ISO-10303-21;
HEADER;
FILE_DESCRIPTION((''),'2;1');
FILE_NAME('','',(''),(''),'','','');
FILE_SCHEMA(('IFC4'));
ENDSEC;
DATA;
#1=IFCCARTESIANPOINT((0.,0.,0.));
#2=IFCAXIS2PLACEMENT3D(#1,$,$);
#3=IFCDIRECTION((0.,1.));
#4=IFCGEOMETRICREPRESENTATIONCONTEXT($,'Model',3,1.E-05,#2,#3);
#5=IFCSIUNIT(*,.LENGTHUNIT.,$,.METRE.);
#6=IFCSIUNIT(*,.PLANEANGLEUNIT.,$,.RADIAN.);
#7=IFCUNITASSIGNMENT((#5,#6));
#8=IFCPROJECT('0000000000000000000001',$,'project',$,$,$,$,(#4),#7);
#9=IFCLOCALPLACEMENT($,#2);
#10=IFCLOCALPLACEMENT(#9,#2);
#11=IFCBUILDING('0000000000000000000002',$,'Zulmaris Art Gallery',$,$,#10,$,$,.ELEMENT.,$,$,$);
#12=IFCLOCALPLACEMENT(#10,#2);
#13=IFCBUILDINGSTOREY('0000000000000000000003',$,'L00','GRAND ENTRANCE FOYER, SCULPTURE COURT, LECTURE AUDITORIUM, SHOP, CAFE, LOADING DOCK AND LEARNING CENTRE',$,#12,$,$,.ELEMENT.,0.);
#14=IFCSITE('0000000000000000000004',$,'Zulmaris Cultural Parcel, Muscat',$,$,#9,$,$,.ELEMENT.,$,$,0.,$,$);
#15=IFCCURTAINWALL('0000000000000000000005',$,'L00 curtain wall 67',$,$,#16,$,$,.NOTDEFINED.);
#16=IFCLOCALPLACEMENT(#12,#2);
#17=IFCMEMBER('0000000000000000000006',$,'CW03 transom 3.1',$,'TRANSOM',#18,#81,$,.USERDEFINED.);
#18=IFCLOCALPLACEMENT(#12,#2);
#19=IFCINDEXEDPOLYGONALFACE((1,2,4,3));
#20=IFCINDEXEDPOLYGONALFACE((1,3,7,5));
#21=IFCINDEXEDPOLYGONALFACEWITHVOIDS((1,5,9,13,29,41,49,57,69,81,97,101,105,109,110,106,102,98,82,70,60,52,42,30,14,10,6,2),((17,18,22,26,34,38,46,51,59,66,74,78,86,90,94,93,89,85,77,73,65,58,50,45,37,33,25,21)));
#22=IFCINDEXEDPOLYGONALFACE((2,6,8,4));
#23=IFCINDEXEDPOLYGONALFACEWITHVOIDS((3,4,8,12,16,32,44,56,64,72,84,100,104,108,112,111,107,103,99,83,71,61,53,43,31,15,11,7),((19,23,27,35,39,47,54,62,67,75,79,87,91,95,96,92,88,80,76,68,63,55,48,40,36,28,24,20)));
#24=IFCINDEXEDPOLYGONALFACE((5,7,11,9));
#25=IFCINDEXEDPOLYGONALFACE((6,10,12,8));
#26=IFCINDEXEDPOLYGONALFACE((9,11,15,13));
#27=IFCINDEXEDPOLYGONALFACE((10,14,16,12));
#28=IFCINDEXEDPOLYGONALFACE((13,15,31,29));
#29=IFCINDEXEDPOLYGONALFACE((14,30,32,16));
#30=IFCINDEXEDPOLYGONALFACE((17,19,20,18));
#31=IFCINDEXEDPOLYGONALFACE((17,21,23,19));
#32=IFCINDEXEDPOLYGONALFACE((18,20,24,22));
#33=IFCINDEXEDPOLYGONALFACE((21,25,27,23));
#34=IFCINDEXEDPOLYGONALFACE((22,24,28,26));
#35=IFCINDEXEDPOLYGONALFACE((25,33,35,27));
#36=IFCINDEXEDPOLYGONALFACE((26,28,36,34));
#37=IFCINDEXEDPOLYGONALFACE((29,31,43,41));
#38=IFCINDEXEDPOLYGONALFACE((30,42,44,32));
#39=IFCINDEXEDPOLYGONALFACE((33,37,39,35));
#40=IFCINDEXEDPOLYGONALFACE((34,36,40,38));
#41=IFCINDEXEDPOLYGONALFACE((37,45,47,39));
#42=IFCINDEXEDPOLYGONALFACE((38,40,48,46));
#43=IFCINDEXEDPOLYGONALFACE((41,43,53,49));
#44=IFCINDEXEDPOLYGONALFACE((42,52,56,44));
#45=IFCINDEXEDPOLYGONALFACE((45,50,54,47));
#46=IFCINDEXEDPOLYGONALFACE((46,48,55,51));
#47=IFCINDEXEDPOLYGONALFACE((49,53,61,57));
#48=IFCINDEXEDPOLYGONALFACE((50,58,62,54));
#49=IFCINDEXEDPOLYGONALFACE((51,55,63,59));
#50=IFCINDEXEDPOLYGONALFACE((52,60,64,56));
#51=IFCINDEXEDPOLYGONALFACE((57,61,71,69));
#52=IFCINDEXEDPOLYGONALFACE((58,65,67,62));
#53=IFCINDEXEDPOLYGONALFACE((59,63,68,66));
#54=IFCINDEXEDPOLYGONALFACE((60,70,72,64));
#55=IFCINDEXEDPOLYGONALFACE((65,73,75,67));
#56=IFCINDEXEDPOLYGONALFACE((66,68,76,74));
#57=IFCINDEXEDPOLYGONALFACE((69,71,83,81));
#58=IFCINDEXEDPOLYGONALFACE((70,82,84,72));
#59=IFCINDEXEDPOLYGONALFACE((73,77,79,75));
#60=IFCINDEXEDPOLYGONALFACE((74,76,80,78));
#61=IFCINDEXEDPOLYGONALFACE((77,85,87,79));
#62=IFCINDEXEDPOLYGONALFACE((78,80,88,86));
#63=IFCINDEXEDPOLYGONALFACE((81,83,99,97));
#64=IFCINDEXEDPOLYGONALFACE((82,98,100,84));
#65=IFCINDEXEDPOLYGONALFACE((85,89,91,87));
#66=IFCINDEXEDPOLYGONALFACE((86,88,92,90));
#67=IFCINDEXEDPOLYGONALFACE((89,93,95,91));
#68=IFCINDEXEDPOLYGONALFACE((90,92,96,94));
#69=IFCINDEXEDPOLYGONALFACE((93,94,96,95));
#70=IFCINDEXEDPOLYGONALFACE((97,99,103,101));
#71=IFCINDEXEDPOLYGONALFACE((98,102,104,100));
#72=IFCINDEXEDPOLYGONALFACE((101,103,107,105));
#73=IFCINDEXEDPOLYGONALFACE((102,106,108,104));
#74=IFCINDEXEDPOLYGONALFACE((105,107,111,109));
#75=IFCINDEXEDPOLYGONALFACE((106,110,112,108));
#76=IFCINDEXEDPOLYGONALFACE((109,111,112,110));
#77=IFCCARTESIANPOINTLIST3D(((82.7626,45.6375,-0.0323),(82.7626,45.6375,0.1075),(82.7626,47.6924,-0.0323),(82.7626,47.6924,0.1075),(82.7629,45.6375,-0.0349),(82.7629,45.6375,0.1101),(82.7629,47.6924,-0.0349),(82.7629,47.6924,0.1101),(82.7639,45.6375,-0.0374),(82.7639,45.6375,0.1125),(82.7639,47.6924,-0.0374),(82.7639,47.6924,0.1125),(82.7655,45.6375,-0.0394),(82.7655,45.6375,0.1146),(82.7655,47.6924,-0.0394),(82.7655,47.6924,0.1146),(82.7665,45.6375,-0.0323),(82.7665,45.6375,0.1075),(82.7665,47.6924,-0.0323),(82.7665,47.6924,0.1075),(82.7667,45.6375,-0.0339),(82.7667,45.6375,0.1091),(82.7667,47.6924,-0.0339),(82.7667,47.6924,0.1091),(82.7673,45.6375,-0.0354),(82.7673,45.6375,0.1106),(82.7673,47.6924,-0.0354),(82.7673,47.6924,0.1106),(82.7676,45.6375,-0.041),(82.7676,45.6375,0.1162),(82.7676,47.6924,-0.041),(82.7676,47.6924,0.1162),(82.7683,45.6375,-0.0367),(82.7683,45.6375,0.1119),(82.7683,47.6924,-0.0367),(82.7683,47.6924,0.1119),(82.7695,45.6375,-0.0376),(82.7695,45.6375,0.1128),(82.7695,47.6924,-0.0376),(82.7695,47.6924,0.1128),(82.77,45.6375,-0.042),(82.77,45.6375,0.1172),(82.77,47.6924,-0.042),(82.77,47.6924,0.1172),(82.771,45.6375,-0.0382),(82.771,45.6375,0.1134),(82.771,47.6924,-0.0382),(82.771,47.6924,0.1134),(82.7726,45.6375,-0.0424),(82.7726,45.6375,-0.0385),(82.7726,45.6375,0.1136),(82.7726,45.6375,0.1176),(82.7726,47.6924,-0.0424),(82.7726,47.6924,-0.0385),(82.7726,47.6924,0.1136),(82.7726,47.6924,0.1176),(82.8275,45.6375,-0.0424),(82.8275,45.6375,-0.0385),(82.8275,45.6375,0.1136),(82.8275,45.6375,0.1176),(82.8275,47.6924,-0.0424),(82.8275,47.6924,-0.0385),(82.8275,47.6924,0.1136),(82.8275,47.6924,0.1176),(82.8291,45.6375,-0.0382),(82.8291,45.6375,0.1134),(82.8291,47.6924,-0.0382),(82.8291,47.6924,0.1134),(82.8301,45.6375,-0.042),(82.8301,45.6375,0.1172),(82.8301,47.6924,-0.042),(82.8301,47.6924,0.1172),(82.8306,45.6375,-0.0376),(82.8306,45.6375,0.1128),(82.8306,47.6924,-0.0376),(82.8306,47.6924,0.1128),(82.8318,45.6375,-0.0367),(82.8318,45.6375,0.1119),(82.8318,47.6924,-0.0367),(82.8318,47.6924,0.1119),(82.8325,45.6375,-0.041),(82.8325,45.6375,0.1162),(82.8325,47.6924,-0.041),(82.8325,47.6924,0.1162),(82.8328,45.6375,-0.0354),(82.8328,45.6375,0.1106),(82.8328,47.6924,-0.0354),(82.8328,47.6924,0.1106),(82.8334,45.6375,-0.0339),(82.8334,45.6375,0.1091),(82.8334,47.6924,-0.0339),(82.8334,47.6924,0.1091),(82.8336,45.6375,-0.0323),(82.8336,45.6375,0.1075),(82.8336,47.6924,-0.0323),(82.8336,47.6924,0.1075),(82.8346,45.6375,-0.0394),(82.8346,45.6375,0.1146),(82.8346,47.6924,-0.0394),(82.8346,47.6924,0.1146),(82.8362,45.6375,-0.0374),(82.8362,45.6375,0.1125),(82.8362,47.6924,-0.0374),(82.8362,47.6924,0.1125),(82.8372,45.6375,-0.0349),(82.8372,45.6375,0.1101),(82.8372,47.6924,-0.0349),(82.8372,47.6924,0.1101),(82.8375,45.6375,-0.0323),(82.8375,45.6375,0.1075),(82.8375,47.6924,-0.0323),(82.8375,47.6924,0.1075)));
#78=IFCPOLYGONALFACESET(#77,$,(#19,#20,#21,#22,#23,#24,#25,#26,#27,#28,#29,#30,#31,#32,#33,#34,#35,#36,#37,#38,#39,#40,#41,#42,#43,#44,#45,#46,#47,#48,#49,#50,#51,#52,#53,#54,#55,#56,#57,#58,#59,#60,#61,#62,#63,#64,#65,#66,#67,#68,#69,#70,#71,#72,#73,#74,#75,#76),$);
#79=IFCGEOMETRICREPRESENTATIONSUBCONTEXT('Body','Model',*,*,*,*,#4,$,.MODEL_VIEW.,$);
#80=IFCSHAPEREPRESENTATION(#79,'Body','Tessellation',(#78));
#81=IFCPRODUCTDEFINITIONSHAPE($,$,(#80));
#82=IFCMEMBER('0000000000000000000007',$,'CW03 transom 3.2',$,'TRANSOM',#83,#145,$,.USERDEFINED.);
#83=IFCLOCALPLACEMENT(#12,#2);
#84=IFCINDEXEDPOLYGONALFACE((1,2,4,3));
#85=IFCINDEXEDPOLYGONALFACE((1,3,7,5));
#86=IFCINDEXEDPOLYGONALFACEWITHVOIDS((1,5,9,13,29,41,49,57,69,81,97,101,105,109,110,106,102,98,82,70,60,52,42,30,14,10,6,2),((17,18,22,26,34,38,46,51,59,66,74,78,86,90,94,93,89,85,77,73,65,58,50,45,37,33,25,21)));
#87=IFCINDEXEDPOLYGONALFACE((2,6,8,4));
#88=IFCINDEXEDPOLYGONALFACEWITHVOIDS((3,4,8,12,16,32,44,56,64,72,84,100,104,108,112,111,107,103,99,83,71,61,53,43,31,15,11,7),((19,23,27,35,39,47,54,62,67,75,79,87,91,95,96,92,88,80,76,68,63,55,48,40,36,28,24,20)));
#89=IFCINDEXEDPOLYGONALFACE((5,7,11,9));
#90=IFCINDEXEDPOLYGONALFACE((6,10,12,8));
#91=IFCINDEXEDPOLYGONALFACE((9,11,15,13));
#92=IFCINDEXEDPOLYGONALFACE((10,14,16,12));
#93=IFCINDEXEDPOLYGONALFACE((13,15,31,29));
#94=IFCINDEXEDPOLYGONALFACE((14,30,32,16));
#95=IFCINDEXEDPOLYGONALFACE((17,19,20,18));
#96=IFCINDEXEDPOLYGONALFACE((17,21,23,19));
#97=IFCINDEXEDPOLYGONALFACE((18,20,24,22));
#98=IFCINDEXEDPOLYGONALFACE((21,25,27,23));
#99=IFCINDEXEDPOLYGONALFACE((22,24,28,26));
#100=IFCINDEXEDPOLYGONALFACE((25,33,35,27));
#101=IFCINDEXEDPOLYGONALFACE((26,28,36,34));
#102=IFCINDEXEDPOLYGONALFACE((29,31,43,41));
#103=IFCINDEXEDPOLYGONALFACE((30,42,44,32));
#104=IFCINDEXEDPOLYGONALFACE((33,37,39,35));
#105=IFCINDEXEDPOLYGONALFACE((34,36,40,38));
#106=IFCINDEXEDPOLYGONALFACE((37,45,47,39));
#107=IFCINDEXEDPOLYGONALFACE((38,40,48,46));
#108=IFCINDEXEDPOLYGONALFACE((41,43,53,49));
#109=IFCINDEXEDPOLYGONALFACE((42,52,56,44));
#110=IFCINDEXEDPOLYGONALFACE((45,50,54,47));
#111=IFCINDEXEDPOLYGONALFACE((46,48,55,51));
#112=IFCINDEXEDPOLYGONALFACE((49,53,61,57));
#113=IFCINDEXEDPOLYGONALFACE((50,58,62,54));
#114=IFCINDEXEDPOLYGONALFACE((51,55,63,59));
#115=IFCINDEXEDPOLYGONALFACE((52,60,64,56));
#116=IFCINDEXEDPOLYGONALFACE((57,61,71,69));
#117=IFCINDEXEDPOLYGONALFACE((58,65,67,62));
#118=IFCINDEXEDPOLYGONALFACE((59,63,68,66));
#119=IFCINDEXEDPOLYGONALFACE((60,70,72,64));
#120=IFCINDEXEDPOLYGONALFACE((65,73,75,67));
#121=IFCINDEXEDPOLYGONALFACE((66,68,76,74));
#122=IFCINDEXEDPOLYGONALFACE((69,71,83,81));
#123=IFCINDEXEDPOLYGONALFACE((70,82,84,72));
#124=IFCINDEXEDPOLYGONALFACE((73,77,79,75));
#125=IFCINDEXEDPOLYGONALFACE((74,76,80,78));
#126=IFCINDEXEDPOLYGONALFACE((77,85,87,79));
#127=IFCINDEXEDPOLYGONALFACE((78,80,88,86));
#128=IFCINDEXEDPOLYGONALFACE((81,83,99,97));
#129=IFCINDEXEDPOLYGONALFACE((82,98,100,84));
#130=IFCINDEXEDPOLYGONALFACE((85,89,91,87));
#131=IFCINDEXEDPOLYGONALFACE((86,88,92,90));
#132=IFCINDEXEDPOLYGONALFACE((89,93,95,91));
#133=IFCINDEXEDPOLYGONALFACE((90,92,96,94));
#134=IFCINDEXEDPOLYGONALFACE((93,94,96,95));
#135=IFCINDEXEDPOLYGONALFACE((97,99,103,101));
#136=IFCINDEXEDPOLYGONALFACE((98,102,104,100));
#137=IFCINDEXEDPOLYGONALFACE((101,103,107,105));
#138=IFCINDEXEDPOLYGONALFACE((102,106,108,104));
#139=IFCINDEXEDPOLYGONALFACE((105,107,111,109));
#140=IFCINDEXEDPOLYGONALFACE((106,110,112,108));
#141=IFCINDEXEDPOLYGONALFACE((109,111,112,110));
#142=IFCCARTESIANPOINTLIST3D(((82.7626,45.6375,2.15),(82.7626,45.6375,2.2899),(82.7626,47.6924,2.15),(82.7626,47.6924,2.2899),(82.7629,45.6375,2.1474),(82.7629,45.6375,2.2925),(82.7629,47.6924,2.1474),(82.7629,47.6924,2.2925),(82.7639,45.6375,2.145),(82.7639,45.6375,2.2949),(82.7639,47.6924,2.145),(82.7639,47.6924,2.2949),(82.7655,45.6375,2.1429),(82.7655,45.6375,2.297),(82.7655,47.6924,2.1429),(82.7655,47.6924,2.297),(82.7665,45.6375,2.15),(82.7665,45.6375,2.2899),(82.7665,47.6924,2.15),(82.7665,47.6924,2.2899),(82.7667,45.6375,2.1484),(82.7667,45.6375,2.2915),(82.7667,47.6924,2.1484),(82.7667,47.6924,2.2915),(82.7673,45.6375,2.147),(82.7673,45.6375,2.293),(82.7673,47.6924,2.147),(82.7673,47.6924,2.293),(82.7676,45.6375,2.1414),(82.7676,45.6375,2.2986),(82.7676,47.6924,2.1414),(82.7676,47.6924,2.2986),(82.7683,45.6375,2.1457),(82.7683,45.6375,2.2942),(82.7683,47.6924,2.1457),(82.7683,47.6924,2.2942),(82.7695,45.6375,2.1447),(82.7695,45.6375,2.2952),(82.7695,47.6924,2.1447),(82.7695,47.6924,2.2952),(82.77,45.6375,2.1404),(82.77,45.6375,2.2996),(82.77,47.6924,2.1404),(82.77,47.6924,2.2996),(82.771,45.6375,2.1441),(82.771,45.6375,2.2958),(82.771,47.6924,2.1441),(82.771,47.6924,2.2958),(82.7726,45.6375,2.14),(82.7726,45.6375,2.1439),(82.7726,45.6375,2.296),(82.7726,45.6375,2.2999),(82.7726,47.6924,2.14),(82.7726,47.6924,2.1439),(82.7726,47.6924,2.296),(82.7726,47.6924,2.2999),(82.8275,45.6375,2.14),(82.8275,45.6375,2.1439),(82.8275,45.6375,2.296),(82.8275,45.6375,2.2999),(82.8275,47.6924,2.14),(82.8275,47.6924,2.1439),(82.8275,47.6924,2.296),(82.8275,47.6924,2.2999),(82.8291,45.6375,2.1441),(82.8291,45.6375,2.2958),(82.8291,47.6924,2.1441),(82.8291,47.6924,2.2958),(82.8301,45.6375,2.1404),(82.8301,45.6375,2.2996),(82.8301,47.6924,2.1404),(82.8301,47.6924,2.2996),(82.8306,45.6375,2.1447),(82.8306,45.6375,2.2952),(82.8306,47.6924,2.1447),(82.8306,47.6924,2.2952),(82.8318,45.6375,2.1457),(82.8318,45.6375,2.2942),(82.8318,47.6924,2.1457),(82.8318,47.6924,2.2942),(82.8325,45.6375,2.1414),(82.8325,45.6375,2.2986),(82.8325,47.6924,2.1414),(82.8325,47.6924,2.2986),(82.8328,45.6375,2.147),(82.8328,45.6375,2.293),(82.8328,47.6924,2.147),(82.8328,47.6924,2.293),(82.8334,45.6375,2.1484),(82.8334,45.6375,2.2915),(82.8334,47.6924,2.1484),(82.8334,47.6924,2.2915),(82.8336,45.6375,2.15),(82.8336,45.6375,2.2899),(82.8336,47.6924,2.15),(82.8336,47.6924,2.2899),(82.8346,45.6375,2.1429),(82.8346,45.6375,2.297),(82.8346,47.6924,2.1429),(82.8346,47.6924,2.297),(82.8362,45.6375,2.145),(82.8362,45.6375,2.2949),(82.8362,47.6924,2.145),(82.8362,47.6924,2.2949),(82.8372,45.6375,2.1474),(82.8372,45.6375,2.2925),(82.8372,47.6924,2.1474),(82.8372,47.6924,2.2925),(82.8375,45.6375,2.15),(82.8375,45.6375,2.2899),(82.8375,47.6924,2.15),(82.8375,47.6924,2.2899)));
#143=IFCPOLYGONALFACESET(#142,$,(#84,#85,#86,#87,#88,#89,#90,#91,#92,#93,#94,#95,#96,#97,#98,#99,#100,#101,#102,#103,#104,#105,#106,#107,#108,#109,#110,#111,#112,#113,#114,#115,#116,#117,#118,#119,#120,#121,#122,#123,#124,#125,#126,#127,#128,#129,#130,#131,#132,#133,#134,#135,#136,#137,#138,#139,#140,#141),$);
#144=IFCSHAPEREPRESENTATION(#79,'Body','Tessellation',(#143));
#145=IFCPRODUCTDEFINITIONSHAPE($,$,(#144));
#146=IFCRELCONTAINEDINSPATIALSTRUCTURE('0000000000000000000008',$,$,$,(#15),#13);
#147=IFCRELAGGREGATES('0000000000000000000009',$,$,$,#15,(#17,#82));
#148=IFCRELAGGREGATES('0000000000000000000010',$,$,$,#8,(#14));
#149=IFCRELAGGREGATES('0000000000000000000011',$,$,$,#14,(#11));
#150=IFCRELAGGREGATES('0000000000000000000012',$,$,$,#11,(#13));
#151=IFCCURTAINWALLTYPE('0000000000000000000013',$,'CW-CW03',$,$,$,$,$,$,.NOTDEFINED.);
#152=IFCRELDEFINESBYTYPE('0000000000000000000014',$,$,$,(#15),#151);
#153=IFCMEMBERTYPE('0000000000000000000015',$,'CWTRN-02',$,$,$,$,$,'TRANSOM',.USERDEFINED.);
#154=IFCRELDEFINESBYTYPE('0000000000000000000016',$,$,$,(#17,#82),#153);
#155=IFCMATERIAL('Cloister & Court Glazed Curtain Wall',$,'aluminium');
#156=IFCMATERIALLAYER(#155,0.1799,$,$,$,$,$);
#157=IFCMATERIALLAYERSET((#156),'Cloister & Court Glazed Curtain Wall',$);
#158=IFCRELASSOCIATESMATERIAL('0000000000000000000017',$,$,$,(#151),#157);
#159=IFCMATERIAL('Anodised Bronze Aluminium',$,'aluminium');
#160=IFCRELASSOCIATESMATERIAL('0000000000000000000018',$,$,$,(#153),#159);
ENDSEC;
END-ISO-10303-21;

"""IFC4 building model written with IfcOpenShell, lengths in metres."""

from ifc_helpers import new_model, si_unit, direction, frame, origin, origin_2d, place, context, subcontext, project, spatial, hollow_rectangle, extrude, material, layer, layer_set, material_profile, profile_set, type_object, element, aggregate, save


model = new_model("IFC4")

# Units and contexts
model_context = context("Model", 3, precision=1e-05, world=origin(), true_north=direction((0.0, 1.0)))
body_context = subcontext(model_context, "Body", "Model", "MODEL_VIEW")
ifc_project = project(units=[si_unit("LENGTHUNIT", "METRE"), si_unit("PLANEANGLEUNIT", "RADIAN")], contexts=[model_context])

# Site, building, storey
site_placement = place(None, origin())
site = spatial("IfcSite", under=ifc_project, at=site_placement, Name="Zulmaris Cultural Parcel, Muscat", CompositionType="ELEMENT", RefElevation=0.0)
building_placement = place(site_placement, origin())
building = spatial("IfcBuilding", under=site, at=building_placement, Name="Zulmaris Art Gallery", CompositionType="ELEMENT")
storey_placement = place(building_placement, origin())
storey = spatial("IfcBuildingStorey", under=building, at=storey_placement, Name="L00", Description="GRAND ENTRANCE FOYER, SCULPTURE COURT, LECTURE AUDITORIUM, SHOP, CAFE, LOADING DOCK AND LEARNING CENTRE", CompositionType="ELEMENT", Elevation=0.0)

# Curtain wall, members
ifc_material_1 = material(Name="Cloister & Court Glazed Curtain Wall", Category="aluminium")
ifc_layer_1 = layer(ifc_material_1, 0.1799)
ifc_layer_set_1 = layer_set([ifc_layer_1], Name="Cloister & Court Glazed Curtain Wall")
curtain_wall_type = type_object("IfcCurtainWallType", Name="CW-CW03", PredefinedType="NOTDEFINED", material=ifc_layer_set_1)
curtain_wall_placement = place(storey_placement, origin())
curtain_wall = element("IfcCurtainWall", 1, at=curtain_wall_placement, inside=storey, type_object=curtain_wall_type, Name="L00 curtain wall 67", PredefinedType="NOTDEFINED")
ifc_material_2 = material(Name="Anodised Bronze Aluminium", Category="aluminium")
ifc_material_profile_1 = material_profile(ifc_material_2, hollow_rectangle(XDim=0.075, YDim=0.1599, WallThickness=0.0039, InnerFilletRadius=0.0061, OuterFilletRadius=0.01, at=origin_2d()), Name="ALU 75x160x4")
ifc_profile_set_1 = profile_set([ifc_material_profile_1], Name="Anodised Bronze Aluminium")
member_type_1 = type_object("IfcMemberType", Name="CWTRN-02", ElementType="TRANSOM", PredefinedType="USERDEFINED", material=ifc_profile_set_1)
member_1_placement = place(storey_placement, frame((82.8, 45.6375, 0.0376), z_axis=(0.0, 1.0, 0.0), x_axis=(-1.0, 0.0, 0.0)))
member_1 = element("IfcMember", 2, at=member_1_placement, type_object=member_type_1, Name="CW03 transom 3.1", ObjectType="TRANSOM", PredefinedType="USERDEFINED", context=body_context, shape_type="SweptSolid", body=[
    extrude(hollow_rectangle(XDim=0.075, YDim=0.1599, WallThickness=0.0039, InnerFilletRadius=0.0061, OuterFilletRadius=0.01, at=origin_2d()), origin(), (0.0, 0.0, 1.0), 2.0549),
])
member_2_placement = place(storey_placement, frame((82.8, 45.6375, 2.22), z_axis=(0.0, 1.0, 0.0), x_axis=(-1.0, 0.0, 0.0)))
member_2 = element("IfcMember", 3, at=member_2_placement, type_object=member_type_1, Name="CW03 transom 3.2", ObjectType="TRANSOM", PredefinedType="USERDEFINED", context=body_context, shape_type="SweptSolid", body=[
    extrude(hollow_rectangle(XDim=0.075, YDim=0.1599, WallThickness=0.0039, InnerFilletRadius=0.0061, OuterFilletRadius=0.01, at=origin_2d()), origin(), (0.0, 0.0, 1.0), 2.0549),
])
aggregate(curtain_wall, [member_1, member_2])

save(model, "model.ifc")
